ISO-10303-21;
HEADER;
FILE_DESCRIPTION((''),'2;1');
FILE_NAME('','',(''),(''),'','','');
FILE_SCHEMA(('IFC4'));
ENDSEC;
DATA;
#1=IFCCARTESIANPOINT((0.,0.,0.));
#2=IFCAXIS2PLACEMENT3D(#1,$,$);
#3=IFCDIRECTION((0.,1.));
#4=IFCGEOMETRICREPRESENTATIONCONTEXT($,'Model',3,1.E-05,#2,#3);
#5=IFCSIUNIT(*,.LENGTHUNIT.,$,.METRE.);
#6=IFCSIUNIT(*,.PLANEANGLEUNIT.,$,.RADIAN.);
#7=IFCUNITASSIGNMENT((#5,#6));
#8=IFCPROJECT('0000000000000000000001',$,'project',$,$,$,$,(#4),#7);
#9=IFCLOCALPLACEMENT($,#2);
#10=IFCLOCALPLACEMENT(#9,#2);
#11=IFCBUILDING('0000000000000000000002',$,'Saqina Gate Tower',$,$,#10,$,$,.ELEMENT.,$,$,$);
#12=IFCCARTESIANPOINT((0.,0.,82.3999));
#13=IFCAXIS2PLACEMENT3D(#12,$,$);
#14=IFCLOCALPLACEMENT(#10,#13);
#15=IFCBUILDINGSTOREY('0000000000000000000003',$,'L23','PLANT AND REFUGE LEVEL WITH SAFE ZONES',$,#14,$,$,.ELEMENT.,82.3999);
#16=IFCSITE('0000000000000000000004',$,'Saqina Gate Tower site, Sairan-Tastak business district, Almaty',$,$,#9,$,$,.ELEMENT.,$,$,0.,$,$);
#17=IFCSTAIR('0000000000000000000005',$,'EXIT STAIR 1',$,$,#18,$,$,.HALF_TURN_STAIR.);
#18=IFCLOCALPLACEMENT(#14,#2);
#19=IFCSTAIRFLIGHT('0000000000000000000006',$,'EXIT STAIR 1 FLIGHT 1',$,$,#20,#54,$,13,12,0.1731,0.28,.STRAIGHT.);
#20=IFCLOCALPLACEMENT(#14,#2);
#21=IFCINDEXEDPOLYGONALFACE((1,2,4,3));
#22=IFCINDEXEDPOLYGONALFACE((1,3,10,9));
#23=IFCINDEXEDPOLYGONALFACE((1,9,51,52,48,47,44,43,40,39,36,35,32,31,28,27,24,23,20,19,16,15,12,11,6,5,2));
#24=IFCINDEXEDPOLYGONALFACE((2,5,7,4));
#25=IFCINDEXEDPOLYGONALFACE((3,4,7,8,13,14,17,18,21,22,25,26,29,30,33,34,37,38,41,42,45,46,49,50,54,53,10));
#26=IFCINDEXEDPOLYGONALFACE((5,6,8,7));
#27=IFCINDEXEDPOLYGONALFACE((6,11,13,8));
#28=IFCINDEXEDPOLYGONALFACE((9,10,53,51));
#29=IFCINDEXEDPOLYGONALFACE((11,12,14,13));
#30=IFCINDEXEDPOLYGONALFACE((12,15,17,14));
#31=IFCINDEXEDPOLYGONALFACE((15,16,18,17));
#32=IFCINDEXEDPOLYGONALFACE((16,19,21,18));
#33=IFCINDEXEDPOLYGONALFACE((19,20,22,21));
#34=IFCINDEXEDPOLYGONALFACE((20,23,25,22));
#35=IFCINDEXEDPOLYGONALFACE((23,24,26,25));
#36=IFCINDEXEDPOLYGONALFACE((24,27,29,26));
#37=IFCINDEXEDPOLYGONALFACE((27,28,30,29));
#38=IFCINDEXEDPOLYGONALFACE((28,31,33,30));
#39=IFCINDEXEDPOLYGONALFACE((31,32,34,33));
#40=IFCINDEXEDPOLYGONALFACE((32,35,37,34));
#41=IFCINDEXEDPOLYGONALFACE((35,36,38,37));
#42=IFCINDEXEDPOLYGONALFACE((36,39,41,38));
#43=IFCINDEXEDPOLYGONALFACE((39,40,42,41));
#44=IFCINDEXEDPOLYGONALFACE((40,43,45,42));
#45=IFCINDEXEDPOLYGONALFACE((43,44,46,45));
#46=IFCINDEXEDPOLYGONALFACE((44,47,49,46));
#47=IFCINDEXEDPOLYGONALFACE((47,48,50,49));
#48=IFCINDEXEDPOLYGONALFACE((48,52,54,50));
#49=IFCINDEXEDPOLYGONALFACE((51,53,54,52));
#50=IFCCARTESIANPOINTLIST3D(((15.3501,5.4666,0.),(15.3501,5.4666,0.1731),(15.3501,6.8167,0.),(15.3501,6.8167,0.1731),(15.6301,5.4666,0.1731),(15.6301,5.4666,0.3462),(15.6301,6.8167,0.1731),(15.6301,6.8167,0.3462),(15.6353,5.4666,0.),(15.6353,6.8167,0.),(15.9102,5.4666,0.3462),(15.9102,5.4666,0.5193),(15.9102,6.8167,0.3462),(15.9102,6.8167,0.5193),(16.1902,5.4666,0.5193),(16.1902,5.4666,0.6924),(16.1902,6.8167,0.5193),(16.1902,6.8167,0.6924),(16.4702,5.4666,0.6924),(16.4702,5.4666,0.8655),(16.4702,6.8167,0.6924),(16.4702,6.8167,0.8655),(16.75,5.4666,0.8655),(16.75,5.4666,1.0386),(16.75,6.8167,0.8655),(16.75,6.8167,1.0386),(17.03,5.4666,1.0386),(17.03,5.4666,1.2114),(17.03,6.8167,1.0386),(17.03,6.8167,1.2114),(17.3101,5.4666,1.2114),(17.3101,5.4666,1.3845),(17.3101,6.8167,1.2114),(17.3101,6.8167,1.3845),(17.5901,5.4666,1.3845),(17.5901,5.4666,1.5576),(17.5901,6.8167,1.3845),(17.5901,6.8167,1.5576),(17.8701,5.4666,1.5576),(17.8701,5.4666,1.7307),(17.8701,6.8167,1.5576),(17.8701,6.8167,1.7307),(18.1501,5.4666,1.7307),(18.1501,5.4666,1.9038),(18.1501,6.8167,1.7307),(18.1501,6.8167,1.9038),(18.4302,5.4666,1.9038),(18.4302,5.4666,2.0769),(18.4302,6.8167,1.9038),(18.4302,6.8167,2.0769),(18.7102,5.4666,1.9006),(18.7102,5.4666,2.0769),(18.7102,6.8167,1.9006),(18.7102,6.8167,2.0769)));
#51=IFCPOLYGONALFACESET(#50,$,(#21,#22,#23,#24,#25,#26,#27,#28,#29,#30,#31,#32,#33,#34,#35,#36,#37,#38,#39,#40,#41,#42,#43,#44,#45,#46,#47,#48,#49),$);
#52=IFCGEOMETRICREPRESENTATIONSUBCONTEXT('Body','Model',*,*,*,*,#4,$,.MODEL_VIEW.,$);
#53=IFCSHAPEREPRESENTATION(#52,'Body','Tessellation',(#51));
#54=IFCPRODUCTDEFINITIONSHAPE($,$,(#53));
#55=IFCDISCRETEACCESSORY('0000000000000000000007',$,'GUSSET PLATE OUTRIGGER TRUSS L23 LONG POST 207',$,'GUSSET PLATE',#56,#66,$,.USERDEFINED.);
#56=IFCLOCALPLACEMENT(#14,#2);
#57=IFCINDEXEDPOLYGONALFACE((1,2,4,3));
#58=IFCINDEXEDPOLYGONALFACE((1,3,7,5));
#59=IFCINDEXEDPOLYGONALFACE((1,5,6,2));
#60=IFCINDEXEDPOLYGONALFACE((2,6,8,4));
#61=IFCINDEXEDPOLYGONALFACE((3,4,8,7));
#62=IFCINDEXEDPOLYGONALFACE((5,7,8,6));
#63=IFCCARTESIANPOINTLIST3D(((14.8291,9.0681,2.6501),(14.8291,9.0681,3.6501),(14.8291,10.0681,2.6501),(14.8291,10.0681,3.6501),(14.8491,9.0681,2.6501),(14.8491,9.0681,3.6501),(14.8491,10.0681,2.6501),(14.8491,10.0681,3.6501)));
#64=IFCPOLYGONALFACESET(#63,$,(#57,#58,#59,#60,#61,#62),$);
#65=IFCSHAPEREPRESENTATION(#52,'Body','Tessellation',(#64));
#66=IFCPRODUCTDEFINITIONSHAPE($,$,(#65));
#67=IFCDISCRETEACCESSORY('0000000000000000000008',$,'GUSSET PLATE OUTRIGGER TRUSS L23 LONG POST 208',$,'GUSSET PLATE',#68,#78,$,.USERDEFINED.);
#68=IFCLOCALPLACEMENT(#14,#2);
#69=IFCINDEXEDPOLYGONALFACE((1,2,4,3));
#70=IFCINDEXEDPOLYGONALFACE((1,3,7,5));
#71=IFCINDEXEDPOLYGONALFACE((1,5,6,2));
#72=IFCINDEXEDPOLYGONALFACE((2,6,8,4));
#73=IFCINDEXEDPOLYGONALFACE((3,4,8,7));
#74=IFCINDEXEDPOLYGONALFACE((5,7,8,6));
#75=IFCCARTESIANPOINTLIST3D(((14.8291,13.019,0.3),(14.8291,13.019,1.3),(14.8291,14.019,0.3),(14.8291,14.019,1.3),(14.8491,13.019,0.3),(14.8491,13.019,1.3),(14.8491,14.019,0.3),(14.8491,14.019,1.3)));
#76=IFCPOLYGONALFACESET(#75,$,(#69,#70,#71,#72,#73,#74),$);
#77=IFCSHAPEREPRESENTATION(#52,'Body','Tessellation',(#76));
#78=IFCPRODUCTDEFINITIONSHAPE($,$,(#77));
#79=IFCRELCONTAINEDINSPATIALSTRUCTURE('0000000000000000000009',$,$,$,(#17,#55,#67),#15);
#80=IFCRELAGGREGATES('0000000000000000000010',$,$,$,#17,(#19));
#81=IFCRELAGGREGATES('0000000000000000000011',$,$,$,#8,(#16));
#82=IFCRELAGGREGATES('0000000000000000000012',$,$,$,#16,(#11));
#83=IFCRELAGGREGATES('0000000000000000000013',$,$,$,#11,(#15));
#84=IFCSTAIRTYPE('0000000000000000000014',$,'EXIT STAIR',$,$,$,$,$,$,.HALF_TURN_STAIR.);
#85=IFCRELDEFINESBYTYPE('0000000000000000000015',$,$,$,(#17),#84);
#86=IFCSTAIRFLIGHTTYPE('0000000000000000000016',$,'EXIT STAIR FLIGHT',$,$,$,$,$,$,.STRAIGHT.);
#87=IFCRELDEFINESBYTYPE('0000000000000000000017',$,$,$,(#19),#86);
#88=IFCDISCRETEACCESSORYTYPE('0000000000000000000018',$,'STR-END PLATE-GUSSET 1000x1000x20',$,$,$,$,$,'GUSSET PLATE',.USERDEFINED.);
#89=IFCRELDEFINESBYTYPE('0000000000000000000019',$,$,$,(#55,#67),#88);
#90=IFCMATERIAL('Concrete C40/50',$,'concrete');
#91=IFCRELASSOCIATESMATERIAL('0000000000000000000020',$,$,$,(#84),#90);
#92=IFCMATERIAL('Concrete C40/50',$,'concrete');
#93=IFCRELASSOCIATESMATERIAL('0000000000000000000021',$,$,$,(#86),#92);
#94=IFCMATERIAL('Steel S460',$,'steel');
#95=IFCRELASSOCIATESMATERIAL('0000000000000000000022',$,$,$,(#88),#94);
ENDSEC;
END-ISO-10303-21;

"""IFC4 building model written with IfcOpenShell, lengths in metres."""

from ifc_helpers import new_model, si_unit, direction, frame, origin, origin_2d, place, context, subcontext, project, spatial, polyline, rectangle, outline, extrude, material, material_profile, profile_set, type_object, element, aggregate, save


model = new_model("IFC4")

# Units and contexts
model_context = context("Model", 3, precision=1e-05, world=origin(), true_north=direction((0.0, 1.0)))
body_context = subcontext(model_context, "Body", "Model", "MODEL_VIEW")
ifc_project = project(units=[si_unit("LENGTHUNIT", "METRE"), si_unit("PLANEANGLEUNIT", "RADIAN")], contexts=[model_context])

# Site, building, storey
site_placement = place(None, origin())
site = spatial("IfcSite", under=ifc_project, at=site_placement, Name="Saqina Gate Tower site, Sairan-Tastak business district, Almaty", CompositionType="ELEMENT", RefElevation=0.0)
building_placement = place(site_placement, origin())
building = spatial("IfcBuilding", under=site, at=building_placement, Name="Saqina Gate Tower", CompositionType="ELEMENT")
storey_placement = place(building_placement, frame((0.0, 0.0, 82.3999)))
storey = spatial("IfcBuildingStorey", under=building, at=storey_placement, Name="L23", Description="PLANT AND REFUGE LEVEL WITH SAFE ZONES", CompositionType="ELEMENT", Elevation=82.3999)

# Stair, stair flight
ifc_material_1 = material(Name="Concrete C40/50", Category="concrete")
stair_type = type_object("IfcStairType", Name="EXIT STAIR", PredefinedType="HALF_TURN_STAIR", material=ifc_material_1)
stair_placement = place(storey_placement, origin())
stair = element("IfcStair", 1, at=stair_placement, inside=storey, type_object=stair_type, Name="EXIT STAIR 1", PredefinedType="HALF_TURN_STAIR")
ifc_material_2 = material(Name="Concrete C40/50", Category="concrete")
stair_flight_type = type_object("IfcStairFlightType", Name="EXIT STAIR FLIGHT", PredefinedType="STRAIGHT", material=ifc_material_2)
stair_flight_placement = place(storey_placement, frame((15.3501, 6.1416, 0.0), z_axis=(0.0, 0.0, 1.0), x_axis=(1.0, 0.0, 0.0)))
stair_flight = element("IfcStairFlight", 2, at=stair_flight_placement, type_object=stair_flight_type, Name="EXIT STAIR 1 FLIGHT 1", NumberOfRisers=13, NumberOfTreads=12, PredefinedType="STRAIGHT", RiserHeight=0.1731, TreadLength=0.28, context=body_context, shape_type="SweptSolid", body=[
    extrude(outline(polyline([(0.0, 0.0), (0.0, 0.1731), (0.28, 0.1731), (0.28, 0.3462), (0.5601, 0.3462), (0.5601, 0.5193), (0.8401, 0.5193), (0.8401, 0.6924), (1.1201, 0.6924), (1.1201, 0.8655), (1.3999, 0.8655), (1.3999, 1.0386), (1.6799, 1.0386), (1.6799, 1.2114), (1.96, 1.2114), (1.96, 1.3845), (2.24, 1.3845), (2.24, 1.5576), (2.52, 1.5576), (2.52, 1.7307), (2.8, 1.7307), (2.8, 1.9038), (3.0801, 1.9038), (3.0801, 2.0769), (3.3601, 2.0769), (3.3601, 2.25), (3.3601, 1.9006), (0.2852, 0.0), (0.0, 0.0)])), frame((0.0, 0.675, 0.0), z_axis=(0.0, -1.0, 0.0), x_axis=(1.0, 0.0, 0.0)), (0.0, 0.0, 1.0), 1.3501),
])
aggregate(stair, [stair_flight])

# Discrete accessories
ifc_material_3 = material(Name="Steel S460", Category="steel")
ifc_material_profile_1 = material_profile(ifc_material_3, rectangle(XDim=1.0, YDim=1.0, at=origin_2d()), Name="STR-END PLATE-GUSSET 1000x1000x20")
ifc_profile_set_1 = profile_set([ifc_material_profile_1], Name="Steel S460")
discrete_accessory_type = type_object("IfcDiscreteAccessoryType", Name="STR-END PLATE-GUSSET 1000x1000x20", ElementType="GUSSET PLATE", PredefinedType="USERDEFINED", material=ifc_profile_set_1)
for number, where, z_axis, x_axis, name in (
    (3, (14.8491, 9.5681, 3.1501), (-1.0, 0.0, 0.0), (0.0, -1.0, 0.0), "GUSSET PLATE OUTRIGGER TRUSS L23 LONG POST 207"),
    (4, (14.8491, 13.519, 0.8), (-1.0, 0.0, 0.0), (0.0, -1.0, 0.0), "GUSSET PLATE OUTRIGGER TRUSS L23 LONG POST 208"),
):
    element("IfcDiscreteAccessory", number, at=place(storey_placement, frame(where, z_axis=z_axis, x_axis=x_axis)), inside=storey, type_object=discrete_accessory_type, Name=name, ObjectType="GUSSET PLATE", PredefinedType="USERDEFINED", context=body_context, shape_type="SweptSolid", body=[
        extrude(rectangle(XDim=1.0, YDim=1.0, at=origin_2d()), origin(), (0.0, 0.0, 1.0), 0.02),
    ])

save(model, "model.ifc")
